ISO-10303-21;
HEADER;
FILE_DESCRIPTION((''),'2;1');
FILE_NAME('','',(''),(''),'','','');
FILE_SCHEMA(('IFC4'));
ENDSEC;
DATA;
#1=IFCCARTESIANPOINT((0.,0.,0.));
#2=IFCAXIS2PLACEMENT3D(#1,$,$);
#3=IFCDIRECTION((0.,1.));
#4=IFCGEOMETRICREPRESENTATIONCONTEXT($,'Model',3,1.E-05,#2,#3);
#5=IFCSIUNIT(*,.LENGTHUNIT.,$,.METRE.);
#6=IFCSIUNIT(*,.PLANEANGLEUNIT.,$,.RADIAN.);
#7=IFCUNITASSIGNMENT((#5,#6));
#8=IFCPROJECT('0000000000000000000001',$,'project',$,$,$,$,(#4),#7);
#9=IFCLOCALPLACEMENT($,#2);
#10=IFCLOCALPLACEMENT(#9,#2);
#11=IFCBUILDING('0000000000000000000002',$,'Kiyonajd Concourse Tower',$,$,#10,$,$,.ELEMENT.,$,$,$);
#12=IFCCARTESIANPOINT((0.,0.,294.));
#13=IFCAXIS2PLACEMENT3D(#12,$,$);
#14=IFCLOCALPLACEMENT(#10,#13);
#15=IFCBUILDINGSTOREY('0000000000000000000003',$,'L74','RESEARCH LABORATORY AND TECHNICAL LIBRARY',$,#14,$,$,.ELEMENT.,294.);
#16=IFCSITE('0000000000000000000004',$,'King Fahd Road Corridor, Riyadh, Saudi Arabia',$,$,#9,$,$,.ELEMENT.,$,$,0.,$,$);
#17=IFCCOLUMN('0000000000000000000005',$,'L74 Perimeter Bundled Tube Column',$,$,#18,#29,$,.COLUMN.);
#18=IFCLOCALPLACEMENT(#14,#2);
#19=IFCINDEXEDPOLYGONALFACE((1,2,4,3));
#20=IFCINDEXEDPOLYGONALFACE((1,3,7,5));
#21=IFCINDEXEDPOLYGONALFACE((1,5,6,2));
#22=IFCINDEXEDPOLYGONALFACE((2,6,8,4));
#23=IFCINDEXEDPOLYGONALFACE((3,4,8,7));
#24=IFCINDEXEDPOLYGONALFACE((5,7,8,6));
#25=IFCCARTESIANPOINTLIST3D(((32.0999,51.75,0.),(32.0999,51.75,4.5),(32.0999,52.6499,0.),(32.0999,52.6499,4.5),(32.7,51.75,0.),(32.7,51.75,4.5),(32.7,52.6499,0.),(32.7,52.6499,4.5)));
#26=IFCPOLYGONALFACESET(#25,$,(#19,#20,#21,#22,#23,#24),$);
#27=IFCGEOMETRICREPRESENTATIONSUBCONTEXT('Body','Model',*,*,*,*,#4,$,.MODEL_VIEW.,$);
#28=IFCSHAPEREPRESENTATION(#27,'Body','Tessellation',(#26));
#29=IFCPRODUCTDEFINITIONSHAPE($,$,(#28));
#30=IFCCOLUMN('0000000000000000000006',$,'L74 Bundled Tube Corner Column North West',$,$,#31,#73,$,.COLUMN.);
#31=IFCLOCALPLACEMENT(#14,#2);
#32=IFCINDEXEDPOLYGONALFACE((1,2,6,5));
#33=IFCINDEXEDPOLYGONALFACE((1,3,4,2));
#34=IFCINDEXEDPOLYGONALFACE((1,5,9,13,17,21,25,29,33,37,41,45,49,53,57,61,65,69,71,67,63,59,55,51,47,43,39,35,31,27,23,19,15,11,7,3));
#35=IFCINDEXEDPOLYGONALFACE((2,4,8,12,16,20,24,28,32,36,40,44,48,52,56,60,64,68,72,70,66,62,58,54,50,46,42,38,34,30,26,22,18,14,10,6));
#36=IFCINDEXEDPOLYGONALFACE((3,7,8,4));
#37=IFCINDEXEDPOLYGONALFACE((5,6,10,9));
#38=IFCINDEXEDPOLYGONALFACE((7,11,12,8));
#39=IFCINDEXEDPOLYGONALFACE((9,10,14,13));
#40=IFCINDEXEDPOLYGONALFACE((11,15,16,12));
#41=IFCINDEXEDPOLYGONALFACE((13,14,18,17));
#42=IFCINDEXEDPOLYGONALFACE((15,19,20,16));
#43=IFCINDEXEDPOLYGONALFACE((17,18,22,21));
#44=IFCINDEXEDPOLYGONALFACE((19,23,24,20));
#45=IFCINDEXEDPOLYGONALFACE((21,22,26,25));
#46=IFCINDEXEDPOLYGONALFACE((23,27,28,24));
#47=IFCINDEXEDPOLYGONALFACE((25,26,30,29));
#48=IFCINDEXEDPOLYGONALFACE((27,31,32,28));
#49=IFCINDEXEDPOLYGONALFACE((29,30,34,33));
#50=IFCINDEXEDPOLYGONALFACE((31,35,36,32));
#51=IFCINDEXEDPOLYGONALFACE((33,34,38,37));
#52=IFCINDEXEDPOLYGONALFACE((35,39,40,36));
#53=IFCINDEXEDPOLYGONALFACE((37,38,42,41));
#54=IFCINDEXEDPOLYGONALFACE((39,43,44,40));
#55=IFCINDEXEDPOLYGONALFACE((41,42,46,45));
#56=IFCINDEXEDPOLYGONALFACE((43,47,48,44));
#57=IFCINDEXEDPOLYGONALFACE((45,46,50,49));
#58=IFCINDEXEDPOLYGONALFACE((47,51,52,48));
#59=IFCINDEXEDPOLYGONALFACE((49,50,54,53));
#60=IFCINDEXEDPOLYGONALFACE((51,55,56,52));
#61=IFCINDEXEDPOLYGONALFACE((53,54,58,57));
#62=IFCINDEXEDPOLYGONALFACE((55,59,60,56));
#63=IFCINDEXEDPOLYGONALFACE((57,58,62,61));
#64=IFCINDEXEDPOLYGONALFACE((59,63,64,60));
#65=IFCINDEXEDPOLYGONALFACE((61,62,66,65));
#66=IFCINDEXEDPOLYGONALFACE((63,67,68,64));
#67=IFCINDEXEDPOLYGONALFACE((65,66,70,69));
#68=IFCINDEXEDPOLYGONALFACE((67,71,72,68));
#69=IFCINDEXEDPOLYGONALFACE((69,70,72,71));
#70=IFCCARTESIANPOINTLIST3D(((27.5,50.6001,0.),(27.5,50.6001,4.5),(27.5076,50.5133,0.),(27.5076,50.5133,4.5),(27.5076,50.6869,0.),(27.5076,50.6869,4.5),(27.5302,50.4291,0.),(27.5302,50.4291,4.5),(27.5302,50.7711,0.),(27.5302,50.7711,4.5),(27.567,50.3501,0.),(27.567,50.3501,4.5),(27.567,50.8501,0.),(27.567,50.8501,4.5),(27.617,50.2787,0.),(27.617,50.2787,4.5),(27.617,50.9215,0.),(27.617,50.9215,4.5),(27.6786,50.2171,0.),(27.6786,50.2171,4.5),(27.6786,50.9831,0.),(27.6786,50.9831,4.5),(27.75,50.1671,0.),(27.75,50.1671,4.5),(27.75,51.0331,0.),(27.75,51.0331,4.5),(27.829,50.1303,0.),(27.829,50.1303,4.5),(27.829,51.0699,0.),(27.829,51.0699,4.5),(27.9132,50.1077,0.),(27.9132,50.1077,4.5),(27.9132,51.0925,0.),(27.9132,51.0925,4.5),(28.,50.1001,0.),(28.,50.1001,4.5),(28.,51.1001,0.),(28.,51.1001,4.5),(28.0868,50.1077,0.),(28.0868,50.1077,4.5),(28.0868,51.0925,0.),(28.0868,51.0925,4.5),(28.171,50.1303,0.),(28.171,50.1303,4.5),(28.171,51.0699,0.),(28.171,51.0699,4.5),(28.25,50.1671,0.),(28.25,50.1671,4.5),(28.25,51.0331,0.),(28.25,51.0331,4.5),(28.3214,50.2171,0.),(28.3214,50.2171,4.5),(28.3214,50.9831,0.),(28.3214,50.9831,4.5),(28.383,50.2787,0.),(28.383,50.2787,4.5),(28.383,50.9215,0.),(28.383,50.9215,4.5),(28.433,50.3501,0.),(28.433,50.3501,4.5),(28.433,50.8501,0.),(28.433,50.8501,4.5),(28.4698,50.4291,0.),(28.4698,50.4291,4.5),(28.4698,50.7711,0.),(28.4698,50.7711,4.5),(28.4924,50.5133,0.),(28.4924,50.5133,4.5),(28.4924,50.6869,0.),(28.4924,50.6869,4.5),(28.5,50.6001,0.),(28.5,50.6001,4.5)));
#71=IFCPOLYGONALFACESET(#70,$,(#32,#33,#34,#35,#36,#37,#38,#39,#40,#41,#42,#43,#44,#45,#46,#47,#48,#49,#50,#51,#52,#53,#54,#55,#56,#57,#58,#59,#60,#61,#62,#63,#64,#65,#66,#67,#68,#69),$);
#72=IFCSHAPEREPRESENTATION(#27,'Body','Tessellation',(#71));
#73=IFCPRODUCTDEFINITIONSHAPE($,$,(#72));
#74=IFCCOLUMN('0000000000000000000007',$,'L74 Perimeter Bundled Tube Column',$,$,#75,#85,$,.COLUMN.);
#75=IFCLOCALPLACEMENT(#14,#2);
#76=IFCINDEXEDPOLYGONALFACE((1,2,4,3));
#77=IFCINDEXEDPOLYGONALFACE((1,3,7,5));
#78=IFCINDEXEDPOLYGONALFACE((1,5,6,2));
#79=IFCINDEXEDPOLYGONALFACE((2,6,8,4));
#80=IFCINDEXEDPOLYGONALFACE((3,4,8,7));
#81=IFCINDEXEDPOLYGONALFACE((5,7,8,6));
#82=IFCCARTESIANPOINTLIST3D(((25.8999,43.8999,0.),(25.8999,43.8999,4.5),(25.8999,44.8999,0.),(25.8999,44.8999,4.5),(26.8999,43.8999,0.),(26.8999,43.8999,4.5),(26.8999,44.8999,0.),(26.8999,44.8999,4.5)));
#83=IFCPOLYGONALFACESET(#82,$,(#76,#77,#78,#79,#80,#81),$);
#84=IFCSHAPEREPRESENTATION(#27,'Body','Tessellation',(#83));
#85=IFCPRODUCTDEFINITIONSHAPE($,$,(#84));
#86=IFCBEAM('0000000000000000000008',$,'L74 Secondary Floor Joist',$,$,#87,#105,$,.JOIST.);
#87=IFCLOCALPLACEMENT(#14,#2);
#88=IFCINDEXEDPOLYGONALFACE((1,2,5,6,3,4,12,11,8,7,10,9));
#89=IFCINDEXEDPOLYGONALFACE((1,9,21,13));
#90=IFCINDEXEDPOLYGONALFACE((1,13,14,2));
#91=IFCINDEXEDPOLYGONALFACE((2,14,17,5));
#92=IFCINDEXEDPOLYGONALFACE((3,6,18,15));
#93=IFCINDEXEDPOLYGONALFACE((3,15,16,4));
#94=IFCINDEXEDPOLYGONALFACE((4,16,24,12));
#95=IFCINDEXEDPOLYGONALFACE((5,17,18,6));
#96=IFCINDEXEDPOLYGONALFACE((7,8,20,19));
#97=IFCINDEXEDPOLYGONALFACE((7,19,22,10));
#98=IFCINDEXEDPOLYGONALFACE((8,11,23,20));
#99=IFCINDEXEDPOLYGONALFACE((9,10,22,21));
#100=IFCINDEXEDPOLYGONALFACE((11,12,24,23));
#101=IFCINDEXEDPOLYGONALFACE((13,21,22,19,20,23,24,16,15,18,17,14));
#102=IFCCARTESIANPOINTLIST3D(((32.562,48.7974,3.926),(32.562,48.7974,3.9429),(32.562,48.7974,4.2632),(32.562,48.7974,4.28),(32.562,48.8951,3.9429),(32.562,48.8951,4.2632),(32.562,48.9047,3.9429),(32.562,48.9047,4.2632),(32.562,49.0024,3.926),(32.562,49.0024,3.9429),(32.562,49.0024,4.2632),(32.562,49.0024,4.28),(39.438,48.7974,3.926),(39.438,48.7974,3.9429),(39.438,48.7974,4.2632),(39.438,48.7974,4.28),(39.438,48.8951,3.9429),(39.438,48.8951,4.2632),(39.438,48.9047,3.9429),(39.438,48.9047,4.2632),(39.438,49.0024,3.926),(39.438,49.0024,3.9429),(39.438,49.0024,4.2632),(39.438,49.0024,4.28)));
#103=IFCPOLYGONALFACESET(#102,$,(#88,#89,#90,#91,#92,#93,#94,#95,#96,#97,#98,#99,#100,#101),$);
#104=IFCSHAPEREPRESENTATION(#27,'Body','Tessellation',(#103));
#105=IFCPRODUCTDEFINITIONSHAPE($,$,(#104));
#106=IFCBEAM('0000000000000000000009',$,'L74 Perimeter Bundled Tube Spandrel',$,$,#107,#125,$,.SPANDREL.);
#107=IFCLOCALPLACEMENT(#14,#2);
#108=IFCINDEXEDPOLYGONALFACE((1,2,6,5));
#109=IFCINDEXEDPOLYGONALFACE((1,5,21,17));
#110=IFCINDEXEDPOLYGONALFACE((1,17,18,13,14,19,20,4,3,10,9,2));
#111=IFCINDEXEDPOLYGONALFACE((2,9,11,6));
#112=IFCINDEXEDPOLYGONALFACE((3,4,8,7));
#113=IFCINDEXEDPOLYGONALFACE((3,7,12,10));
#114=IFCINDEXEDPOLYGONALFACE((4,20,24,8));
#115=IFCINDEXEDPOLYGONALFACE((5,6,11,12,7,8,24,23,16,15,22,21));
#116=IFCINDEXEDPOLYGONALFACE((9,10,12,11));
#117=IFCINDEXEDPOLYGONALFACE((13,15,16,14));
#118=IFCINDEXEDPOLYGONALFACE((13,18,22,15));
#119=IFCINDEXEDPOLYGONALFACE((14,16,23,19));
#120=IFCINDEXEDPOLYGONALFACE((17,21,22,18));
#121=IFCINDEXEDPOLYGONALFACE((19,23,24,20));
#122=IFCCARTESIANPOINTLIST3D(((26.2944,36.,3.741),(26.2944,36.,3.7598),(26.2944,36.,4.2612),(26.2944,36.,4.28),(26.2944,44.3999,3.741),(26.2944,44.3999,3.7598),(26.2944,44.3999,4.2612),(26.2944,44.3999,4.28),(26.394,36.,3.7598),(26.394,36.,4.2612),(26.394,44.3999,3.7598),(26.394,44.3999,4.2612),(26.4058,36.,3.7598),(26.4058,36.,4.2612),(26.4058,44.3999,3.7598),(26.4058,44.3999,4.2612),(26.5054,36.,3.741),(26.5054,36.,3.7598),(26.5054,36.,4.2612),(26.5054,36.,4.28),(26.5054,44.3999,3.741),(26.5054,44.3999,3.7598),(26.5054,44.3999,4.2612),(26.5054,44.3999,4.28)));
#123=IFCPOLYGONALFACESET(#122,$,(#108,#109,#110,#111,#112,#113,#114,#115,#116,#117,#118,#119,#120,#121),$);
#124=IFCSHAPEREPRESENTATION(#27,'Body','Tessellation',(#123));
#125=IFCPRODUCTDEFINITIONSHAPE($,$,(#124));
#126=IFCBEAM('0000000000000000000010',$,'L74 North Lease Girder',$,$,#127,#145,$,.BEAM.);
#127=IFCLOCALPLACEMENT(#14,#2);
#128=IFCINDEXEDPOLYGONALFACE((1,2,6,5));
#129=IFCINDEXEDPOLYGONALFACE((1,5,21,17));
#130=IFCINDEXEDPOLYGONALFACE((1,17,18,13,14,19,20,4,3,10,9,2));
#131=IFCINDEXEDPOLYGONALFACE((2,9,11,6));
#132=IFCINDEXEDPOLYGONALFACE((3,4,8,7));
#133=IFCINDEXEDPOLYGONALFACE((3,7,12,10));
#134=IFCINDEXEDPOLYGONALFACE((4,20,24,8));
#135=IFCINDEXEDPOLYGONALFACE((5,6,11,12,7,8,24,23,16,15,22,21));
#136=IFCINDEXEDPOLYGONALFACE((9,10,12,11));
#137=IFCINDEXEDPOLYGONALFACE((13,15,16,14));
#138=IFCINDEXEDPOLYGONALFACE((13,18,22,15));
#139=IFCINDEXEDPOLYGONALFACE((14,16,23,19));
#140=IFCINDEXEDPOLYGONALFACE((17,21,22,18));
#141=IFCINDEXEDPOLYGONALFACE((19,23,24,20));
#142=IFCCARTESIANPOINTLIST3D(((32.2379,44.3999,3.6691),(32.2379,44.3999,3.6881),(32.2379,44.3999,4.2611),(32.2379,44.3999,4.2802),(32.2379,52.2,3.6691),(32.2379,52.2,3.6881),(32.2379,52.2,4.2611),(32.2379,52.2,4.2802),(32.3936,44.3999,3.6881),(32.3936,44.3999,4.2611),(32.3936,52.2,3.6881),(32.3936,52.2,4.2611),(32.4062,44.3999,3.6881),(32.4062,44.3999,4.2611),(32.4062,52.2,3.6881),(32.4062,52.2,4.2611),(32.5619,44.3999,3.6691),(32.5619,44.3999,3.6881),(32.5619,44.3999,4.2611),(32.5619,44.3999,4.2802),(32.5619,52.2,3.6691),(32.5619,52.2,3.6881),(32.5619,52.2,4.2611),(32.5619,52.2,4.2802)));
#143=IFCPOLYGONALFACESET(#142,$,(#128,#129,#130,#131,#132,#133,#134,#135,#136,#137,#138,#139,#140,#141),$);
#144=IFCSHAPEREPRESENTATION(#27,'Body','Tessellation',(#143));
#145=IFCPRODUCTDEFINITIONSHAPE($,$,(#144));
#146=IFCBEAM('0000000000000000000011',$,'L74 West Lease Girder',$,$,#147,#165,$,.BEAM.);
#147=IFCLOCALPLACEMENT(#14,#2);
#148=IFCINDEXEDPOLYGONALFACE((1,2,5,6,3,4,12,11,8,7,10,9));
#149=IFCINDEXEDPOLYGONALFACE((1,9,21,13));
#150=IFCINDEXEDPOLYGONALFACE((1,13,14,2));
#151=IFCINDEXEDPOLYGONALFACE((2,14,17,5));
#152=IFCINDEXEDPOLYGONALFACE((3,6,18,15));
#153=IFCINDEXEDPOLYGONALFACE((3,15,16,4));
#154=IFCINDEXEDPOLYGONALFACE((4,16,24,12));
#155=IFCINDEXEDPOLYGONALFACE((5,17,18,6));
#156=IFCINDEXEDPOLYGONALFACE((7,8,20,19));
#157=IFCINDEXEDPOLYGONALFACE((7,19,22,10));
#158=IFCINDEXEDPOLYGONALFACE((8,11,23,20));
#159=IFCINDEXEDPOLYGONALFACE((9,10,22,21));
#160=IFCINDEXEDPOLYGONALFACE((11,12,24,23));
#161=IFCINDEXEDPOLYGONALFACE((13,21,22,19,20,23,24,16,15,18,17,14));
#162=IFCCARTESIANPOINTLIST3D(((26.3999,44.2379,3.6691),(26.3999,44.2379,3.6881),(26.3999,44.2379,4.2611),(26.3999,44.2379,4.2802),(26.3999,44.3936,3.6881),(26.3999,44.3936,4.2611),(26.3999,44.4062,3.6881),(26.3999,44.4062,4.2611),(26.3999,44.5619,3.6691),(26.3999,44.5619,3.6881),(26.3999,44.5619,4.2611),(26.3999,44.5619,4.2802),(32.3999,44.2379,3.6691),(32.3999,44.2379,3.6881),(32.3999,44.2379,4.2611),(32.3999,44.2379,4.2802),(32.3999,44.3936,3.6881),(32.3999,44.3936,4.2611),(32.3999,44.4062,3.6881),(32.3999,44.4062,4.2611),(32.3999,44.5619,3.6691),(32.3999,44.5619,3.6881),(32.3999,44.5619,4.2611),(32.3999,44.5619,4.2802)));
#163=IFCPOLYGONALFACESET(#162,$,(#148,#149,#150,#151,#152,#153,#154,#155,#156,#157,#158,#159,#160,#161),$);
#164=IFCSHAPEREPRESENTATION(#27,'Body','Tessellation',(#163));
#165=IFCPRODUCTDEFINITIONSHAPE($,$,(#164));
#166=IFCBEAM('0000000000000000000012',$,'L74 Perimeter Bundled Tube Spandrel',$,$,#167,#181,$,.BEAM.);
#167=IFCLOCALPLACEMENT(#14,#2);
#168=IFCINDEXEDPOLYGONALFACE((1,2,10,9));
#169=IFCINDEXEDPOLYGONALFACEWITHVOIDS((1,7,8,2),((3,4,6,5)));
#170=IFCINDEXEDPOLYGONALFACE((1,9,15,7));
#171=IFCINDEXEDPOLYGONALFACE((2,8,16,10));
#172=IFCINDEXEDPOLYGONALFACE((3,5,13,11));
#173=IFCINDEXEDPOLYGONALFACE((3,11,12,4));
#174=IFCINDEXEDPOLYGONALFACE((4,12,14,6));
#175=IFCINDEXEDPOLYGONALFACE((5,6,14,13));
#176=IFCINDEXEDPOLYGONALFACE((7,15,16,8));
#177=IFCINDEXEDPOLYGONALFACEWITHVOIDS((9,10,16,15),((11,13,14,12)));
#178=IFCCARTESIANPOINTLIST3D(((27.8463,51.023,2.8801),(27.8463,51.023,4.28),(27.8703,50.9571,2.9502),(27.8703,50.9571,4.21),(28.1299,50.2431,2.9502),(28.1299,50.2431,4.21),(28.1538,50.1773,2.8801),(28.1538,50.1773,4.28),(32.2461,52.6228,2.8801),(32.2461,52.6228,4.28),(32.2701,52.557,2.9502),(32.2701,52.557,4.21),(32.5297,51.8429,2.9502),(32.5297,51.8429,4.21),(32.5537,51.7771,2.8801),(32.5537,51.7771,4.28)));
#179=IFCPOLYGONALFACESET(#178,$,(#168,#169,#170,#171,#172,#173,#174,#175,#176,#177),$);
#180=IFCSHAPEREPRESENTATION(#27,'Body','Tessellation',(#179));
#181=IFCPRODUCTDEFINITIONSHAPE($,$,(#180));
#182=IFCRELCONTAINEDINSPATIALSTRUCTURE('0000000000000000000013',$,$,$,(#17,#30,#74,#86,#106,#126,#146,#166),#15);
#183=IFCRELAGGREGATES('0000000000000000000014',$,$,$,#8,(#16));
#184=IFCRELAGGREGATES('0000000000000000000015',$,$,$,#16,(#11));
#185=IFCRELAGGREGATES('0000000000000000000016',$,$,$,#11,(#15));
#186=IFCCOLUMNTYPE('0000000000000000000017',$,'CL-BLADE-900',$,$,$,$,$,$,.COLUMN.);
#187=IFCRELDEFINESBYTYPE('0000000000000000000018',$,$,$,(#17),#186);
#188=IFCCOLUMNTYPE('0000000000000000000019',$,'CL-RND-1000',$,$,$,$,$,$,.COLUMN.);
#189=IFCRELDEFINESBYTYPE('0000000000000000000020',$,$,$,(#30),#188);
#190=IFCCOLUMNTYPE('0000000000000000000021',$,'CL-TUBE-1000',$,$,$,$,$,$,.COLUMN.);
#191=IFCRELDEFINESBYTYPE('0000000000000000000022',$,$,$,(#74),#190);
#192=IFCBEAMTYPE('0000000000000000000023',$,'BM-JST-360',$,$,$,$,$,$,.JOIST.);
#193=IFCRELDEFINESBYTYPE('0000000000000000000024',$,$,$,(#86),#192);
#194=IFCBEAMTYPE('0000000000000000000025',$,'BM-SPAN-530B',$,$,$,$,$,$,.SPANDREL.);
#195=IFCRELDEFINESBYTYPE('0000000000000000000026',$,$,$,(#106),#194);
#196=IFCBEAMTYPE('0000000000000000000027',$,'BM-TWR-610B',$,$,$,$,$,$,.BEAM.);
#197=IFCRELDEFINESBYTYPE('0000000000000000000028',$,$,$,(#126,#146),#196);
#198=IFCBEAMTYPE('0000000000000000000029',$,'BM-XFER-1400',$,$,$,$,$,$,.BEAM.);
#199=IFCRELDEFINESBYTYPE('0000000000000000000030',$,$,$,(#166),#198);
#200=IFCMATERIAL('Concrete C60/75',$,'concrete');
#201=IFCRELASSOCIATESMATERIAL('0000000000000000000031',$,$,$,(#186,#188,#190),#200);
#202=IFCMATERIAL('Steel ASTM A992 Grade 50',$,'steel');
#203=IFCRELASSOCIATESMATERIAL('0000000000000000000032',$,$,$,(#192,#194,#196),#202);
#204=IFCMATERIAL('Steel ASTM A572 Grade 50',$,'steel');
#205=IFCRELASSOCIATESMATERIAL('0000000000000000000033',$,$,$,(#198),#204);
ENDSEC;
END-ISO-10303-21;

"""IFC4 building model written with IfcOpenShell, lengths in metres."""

from ifc_helpers import new_model, si_unit, direction, frame, origin, origin_2d, place, context, subcontext, project, spatial, rectangle, hollow_rectangle, circle, i_section, extrude, material, material_profile, profile_set, type_object, element, save


model = new_model("IFC4")

# Units and contexts
model_context = context("Model", 3, precision=1e-05, world=origin(), true_north=direction((0.0, 1.0)))
body_context = subcontext(model_context, "Body", "Model", "MODEL_VIEW")
ifc_project = project(units=[si_unit("LENGTHUNIT", "METRE"), si_unit("PLANEANGLEUNIT", "RADIAN")], contexts=[model_context])

# Site, building, storey
site_placement = place(None, origin())
site = spatial("IfcSite", under=ifc_project, at=site_placement, Name="King Fahd Road Corridor, Riyadh, Saudi Arabia", CompositionType="ELEMENT", RefElevation=0.0)
building_placement = place(site_placement, origin())
building = spatial("IfcBuilding", under=site, at=building_placement, Name="Kiyonajd Concourse Tower", CompositionType="ELEMENT")
storey_placement = place(building_placement, frame((0.0, 0.0, 294.0)))
storey = spatial("IfcBuildingStorey", under=building, at=storey_placement, Name="L74", Description="RESEARCH LABORATORY AND TECHNICAL LIBRARY", CompositionType="ELEMENT", Elevation=294.0)

# Columns
ifc_material_1 = material(Name="Concrete C60/75", Category="concrete")
ifc_material_profile_1 = material_profile(ifc_material_1, rectangle(XDim=0.6001, YDim=0.8999, at=origin_2d()), Name="RC-900x600")
ifc_profile_set_1 = profile_set([ifc_material_profile_1], Name="Concrete C60/75")
column_type_1 = type_object("IfcColumnType", Name="CL-BLADE-900", PredefinedType="COLUMN", material=ifc_profile_set_1)
column_1_placement = place(storey_placement, frame((32.3999, 52.2, 0.0), z_axis=(0.0, 0.0, 1.0), x_axis=(1.0, 0.0, 0.0)))
element("IfcColumn", 1, at=column_1_placement, inside=storey, type_object=column_type_1, Name="L74 Perimeter Bundled Tube Column", PredefinedType="COLUMN", context=body_context, shape_type="SweptSolid", body=[
    extrude(rectangle(XDim=0.6001, YDim=0.8999, at=origin_2d()), origin(), (0.0, 0.0, 1.0), 4.5),
])
ifc_material_profile_2 = material_profile(ifc_material_1, circle(Radius=0.5, at=origin_2d()), Name="RCC-D1000")
ifc_profile_set_2 = profile_set([ifc_material_profile_2], Name="Concrete C60/75")
column_type_2 = type_object("IfcColumnType", Name="CL-RND-1000", PredefinedType="COLUMN", material=ifc_profile_set_2)
column_2_placement = place(storey_placement, frame((28.0, 50.6001, 0.0), z_axis=(0.0, 0.0, 1.0), x_axis=(1.0, 0.0, 0.0)))
element("IfcColumn", 2, at=column_2_placement, inside=storey, type_object=column_type_2, Name="L74 Bundled Tube Corner Column North West", PredefinedType="COLUMN", context=body_context, shape_type="SweptSolid", body=[
    extrude(circle(Radius=0.5, at=origin_2d()), origin(), (0.0, 0.0, 1.0), 4.5),
])
ifc_material_profile_3 = material_profile(ifc_material_1, rectangle(XDim=1.0, YDim=1.0, at=origin_2d()), Name="RC-1000x1000")
ifc_profile_set_3 = profile_set([ifc_material_profile_3], Name="Concrete C60/75")
column_type_3 = type_object("IfcColumnType", Name="CL-TUBE-1000", PredefinedType="COLUMN", material=ifc_profile_set_3)
column_3_placement = place(storey_placement, frame((26.3999, 44.3999, 0.0), z_axis=(0.0, 0.0, 1.0), x_axis=(1.0, 0.0, 0.0)))
element("IfcColumn", 3, at=column_3_placement, inside=storey, type_object=column_type_3, Name="L74 Perimeter Bundled Tube Column", PredefinedType="COLUMN", context=body_context, shape_type="SweptSolid", body=[
    extrude(rectangle(XDim=1.0, YDim=1.0, at=origin_2d()), origin(), (0.0, 0.0, 1.0), 4.5),
])

# Beams
ifc_material_2 = material(Name="Steel ASTM A992 Grade 50", Category="steel")
ifc_material_profile_4 = material_profile(ifc_material_2, i_section(OverallWidth=0.2051, OverallDepth=0.354, WebThickness=0.0095, FlangeThickness=0.0168, at=origin_2d()), Name="W360X79")
ifc_profile_set_4 = profile_set([ifc_material_profile_4], Name="Steel ASTM A992 Grade 50")
beam_type_1 = type_object("IfcBeamType", Name="BM-JST-360", PredefinedType="JOIST", material=ifc_profile_set_4)
beam_1_placement = place(storey_placement, frame((32.562, 48.8999, 4.103), z_axis=(1.0, 0.0, 0.0), x_axis=(0.0, 1.0, 0.0)))
element("IfcBeam", 4, at=beam_1_placement, inside=storey, type_object=beam_type_1, Name="L74 Secondary Floor Joist", PredefinedType="JOIST", context=body_context, shape_type="SweptSolid", body=[
    extrude(i_section(OverallWidth=0.2051, OverallDepth=0.354, WebThickness=0.0095, FlangeThickness=0.0168, at=origin_2d()), origin(), (0.0, 0.0, 1.0), 6.876),
])
ifc_material_profile_5 = material_profile(ifc_material_2, i_section(OverallWidth=0.2109, OverallDepth=0.5391, WebThickness=0.0117, FlangeThickness=0.0188, at=origin_2d()), Name="W530X109")
ifc_profile_set_5 = profile_set([ifc_material_profile_5], Name="Steel ASTM A992 Grade 50")
beam_type_2 = type_object("IfcBeamType", Name="BM-SPAN-530B", PredefinedType="SPANDREL", material=ifc_profile_set_5)
beam_2_placement = place(storey_placement, frame((26.3999, 44.3999, 4.0105), z_axis=(0.0, -1.0, 0.0), x_axis=(1.0, 0.0, 0.0)))
element("IfcBeam", 5, at=beam_2_placement, inside=storey, type_object=beam_type_2, Name="L74 Perimeter Bundled Tube Spandrel", PredefinedType="SPANDREL", context=body_context, shape_type="SweptSolid", body=[
    extrude(i_section(OverallWidth=0.2109, OverallDepth=0.5391, WebThickness=0.0117, FlangeThickness=0.0188, at=origin_2d()), origin(), (0.0, 0.0, 1.0), 8.3999),
])
ifc_material_profile_6 = material_profile(ifc_material_2, i_section(OverallWidth=0.324, OverallDepth=0.6111, WebThickness=0.0127, FlangeThickness=0.019, at=origin_2d()), Name="W610X155")
ifc_profile_set_6 = profile_set([ifc_material_profile_6], Name="Steel ASTM A992 Grade 50")
beam_type_3 = type_object("IfcBeamType", Name="BM-TWR-610B", PredefinedType="BEAM", material=ifc_profile_set_6)
beam_3_placement = place(storey_placement, frame((32.3999, 44.3999, 3.9746), z_axis=(0.0, 1.0, 0.0), x_axis=(-1.0, 0.0, 0.0)))
element("IfcBeam", 6, at=beam_3_placement, inside=storey, type_object=beam_type_3, Name="L74 North Lease Girder", PredefinedType="BEAM", context=body_context, shape_type="SweptSolid", body=[
    extrude(i_section(OverallWidth=0.324, OverallDepth=0.6111, WebThickness=0.0127, FlangeThickness=0.019, at=origin_2d()), origin(), (0.0, 0.0, 1.0), 7.8),
])
beam_4_placement = place(storey_placement, frame((26.3999, 44.3999, 3.9746), z_axis=(1.0, 0.0, 0.0), x_axis=(0.0, 1.0, 0.0)))
element("IfcBeam", 7, at=beam_4_placement, inside=storey, type_object=beam_type_3, Name="L74 West Lease Girder", PredefinedType="BEAM", context=body_context, shape_type="SweptSolid", body=[
    extrude(i_section(OverallWidth=0.324, OverallDepth=0.6111, WebThickness=0.0127, FlangeThickness=0.019, at=origin_2d()), origin(), (0.0, 0.0, 1.0), 6.0),
])
ifc_material_3 = material(Name="Steel ASTM A572 Grade 50", Category="steel")
ifc_material_profile_7 = material_profile(ifc_material_3, hollow_rectangle(XDim=0.8999, YDim=1.3999, WallThickness=0.0701, at=origin_2d()), Name="BOX-1400x900x70")
ifc_profile_set_7 = profile_set([ifc_material_profile_7], Name="Steel ASTM A572 Grade 50")
beam_type_4 = type_object("IfcBeamType", Name="BM-XFER-1400", PredefinedType="BEAM", material=ifc_profile_set_7)
beam_5_placement = place(storey_placement, frame((32.3999, 52.2, 3.5801), z_axis=(-0.939801, -0.341722, 0.0), x_axis=(0.341722, -0.939801, 0.0)))
element("IfcBeam", 8, at=beam_5_placement, inside=storey, type_object=beam_type_4, Name="L74 Perimeter Bundled Tube Spandrel", PredefinedType="BEAM", context=body_context, shape_type="SweptSolid", body=[
    extrude(hollow_rectangle(XDim=0.8999, YDim=1.3999, WallThickness=0.0701, at=origin_2d()), origin(), (0.0, 0.0, 1.0), 4.6816),
])

save(model, "model.ifc")
